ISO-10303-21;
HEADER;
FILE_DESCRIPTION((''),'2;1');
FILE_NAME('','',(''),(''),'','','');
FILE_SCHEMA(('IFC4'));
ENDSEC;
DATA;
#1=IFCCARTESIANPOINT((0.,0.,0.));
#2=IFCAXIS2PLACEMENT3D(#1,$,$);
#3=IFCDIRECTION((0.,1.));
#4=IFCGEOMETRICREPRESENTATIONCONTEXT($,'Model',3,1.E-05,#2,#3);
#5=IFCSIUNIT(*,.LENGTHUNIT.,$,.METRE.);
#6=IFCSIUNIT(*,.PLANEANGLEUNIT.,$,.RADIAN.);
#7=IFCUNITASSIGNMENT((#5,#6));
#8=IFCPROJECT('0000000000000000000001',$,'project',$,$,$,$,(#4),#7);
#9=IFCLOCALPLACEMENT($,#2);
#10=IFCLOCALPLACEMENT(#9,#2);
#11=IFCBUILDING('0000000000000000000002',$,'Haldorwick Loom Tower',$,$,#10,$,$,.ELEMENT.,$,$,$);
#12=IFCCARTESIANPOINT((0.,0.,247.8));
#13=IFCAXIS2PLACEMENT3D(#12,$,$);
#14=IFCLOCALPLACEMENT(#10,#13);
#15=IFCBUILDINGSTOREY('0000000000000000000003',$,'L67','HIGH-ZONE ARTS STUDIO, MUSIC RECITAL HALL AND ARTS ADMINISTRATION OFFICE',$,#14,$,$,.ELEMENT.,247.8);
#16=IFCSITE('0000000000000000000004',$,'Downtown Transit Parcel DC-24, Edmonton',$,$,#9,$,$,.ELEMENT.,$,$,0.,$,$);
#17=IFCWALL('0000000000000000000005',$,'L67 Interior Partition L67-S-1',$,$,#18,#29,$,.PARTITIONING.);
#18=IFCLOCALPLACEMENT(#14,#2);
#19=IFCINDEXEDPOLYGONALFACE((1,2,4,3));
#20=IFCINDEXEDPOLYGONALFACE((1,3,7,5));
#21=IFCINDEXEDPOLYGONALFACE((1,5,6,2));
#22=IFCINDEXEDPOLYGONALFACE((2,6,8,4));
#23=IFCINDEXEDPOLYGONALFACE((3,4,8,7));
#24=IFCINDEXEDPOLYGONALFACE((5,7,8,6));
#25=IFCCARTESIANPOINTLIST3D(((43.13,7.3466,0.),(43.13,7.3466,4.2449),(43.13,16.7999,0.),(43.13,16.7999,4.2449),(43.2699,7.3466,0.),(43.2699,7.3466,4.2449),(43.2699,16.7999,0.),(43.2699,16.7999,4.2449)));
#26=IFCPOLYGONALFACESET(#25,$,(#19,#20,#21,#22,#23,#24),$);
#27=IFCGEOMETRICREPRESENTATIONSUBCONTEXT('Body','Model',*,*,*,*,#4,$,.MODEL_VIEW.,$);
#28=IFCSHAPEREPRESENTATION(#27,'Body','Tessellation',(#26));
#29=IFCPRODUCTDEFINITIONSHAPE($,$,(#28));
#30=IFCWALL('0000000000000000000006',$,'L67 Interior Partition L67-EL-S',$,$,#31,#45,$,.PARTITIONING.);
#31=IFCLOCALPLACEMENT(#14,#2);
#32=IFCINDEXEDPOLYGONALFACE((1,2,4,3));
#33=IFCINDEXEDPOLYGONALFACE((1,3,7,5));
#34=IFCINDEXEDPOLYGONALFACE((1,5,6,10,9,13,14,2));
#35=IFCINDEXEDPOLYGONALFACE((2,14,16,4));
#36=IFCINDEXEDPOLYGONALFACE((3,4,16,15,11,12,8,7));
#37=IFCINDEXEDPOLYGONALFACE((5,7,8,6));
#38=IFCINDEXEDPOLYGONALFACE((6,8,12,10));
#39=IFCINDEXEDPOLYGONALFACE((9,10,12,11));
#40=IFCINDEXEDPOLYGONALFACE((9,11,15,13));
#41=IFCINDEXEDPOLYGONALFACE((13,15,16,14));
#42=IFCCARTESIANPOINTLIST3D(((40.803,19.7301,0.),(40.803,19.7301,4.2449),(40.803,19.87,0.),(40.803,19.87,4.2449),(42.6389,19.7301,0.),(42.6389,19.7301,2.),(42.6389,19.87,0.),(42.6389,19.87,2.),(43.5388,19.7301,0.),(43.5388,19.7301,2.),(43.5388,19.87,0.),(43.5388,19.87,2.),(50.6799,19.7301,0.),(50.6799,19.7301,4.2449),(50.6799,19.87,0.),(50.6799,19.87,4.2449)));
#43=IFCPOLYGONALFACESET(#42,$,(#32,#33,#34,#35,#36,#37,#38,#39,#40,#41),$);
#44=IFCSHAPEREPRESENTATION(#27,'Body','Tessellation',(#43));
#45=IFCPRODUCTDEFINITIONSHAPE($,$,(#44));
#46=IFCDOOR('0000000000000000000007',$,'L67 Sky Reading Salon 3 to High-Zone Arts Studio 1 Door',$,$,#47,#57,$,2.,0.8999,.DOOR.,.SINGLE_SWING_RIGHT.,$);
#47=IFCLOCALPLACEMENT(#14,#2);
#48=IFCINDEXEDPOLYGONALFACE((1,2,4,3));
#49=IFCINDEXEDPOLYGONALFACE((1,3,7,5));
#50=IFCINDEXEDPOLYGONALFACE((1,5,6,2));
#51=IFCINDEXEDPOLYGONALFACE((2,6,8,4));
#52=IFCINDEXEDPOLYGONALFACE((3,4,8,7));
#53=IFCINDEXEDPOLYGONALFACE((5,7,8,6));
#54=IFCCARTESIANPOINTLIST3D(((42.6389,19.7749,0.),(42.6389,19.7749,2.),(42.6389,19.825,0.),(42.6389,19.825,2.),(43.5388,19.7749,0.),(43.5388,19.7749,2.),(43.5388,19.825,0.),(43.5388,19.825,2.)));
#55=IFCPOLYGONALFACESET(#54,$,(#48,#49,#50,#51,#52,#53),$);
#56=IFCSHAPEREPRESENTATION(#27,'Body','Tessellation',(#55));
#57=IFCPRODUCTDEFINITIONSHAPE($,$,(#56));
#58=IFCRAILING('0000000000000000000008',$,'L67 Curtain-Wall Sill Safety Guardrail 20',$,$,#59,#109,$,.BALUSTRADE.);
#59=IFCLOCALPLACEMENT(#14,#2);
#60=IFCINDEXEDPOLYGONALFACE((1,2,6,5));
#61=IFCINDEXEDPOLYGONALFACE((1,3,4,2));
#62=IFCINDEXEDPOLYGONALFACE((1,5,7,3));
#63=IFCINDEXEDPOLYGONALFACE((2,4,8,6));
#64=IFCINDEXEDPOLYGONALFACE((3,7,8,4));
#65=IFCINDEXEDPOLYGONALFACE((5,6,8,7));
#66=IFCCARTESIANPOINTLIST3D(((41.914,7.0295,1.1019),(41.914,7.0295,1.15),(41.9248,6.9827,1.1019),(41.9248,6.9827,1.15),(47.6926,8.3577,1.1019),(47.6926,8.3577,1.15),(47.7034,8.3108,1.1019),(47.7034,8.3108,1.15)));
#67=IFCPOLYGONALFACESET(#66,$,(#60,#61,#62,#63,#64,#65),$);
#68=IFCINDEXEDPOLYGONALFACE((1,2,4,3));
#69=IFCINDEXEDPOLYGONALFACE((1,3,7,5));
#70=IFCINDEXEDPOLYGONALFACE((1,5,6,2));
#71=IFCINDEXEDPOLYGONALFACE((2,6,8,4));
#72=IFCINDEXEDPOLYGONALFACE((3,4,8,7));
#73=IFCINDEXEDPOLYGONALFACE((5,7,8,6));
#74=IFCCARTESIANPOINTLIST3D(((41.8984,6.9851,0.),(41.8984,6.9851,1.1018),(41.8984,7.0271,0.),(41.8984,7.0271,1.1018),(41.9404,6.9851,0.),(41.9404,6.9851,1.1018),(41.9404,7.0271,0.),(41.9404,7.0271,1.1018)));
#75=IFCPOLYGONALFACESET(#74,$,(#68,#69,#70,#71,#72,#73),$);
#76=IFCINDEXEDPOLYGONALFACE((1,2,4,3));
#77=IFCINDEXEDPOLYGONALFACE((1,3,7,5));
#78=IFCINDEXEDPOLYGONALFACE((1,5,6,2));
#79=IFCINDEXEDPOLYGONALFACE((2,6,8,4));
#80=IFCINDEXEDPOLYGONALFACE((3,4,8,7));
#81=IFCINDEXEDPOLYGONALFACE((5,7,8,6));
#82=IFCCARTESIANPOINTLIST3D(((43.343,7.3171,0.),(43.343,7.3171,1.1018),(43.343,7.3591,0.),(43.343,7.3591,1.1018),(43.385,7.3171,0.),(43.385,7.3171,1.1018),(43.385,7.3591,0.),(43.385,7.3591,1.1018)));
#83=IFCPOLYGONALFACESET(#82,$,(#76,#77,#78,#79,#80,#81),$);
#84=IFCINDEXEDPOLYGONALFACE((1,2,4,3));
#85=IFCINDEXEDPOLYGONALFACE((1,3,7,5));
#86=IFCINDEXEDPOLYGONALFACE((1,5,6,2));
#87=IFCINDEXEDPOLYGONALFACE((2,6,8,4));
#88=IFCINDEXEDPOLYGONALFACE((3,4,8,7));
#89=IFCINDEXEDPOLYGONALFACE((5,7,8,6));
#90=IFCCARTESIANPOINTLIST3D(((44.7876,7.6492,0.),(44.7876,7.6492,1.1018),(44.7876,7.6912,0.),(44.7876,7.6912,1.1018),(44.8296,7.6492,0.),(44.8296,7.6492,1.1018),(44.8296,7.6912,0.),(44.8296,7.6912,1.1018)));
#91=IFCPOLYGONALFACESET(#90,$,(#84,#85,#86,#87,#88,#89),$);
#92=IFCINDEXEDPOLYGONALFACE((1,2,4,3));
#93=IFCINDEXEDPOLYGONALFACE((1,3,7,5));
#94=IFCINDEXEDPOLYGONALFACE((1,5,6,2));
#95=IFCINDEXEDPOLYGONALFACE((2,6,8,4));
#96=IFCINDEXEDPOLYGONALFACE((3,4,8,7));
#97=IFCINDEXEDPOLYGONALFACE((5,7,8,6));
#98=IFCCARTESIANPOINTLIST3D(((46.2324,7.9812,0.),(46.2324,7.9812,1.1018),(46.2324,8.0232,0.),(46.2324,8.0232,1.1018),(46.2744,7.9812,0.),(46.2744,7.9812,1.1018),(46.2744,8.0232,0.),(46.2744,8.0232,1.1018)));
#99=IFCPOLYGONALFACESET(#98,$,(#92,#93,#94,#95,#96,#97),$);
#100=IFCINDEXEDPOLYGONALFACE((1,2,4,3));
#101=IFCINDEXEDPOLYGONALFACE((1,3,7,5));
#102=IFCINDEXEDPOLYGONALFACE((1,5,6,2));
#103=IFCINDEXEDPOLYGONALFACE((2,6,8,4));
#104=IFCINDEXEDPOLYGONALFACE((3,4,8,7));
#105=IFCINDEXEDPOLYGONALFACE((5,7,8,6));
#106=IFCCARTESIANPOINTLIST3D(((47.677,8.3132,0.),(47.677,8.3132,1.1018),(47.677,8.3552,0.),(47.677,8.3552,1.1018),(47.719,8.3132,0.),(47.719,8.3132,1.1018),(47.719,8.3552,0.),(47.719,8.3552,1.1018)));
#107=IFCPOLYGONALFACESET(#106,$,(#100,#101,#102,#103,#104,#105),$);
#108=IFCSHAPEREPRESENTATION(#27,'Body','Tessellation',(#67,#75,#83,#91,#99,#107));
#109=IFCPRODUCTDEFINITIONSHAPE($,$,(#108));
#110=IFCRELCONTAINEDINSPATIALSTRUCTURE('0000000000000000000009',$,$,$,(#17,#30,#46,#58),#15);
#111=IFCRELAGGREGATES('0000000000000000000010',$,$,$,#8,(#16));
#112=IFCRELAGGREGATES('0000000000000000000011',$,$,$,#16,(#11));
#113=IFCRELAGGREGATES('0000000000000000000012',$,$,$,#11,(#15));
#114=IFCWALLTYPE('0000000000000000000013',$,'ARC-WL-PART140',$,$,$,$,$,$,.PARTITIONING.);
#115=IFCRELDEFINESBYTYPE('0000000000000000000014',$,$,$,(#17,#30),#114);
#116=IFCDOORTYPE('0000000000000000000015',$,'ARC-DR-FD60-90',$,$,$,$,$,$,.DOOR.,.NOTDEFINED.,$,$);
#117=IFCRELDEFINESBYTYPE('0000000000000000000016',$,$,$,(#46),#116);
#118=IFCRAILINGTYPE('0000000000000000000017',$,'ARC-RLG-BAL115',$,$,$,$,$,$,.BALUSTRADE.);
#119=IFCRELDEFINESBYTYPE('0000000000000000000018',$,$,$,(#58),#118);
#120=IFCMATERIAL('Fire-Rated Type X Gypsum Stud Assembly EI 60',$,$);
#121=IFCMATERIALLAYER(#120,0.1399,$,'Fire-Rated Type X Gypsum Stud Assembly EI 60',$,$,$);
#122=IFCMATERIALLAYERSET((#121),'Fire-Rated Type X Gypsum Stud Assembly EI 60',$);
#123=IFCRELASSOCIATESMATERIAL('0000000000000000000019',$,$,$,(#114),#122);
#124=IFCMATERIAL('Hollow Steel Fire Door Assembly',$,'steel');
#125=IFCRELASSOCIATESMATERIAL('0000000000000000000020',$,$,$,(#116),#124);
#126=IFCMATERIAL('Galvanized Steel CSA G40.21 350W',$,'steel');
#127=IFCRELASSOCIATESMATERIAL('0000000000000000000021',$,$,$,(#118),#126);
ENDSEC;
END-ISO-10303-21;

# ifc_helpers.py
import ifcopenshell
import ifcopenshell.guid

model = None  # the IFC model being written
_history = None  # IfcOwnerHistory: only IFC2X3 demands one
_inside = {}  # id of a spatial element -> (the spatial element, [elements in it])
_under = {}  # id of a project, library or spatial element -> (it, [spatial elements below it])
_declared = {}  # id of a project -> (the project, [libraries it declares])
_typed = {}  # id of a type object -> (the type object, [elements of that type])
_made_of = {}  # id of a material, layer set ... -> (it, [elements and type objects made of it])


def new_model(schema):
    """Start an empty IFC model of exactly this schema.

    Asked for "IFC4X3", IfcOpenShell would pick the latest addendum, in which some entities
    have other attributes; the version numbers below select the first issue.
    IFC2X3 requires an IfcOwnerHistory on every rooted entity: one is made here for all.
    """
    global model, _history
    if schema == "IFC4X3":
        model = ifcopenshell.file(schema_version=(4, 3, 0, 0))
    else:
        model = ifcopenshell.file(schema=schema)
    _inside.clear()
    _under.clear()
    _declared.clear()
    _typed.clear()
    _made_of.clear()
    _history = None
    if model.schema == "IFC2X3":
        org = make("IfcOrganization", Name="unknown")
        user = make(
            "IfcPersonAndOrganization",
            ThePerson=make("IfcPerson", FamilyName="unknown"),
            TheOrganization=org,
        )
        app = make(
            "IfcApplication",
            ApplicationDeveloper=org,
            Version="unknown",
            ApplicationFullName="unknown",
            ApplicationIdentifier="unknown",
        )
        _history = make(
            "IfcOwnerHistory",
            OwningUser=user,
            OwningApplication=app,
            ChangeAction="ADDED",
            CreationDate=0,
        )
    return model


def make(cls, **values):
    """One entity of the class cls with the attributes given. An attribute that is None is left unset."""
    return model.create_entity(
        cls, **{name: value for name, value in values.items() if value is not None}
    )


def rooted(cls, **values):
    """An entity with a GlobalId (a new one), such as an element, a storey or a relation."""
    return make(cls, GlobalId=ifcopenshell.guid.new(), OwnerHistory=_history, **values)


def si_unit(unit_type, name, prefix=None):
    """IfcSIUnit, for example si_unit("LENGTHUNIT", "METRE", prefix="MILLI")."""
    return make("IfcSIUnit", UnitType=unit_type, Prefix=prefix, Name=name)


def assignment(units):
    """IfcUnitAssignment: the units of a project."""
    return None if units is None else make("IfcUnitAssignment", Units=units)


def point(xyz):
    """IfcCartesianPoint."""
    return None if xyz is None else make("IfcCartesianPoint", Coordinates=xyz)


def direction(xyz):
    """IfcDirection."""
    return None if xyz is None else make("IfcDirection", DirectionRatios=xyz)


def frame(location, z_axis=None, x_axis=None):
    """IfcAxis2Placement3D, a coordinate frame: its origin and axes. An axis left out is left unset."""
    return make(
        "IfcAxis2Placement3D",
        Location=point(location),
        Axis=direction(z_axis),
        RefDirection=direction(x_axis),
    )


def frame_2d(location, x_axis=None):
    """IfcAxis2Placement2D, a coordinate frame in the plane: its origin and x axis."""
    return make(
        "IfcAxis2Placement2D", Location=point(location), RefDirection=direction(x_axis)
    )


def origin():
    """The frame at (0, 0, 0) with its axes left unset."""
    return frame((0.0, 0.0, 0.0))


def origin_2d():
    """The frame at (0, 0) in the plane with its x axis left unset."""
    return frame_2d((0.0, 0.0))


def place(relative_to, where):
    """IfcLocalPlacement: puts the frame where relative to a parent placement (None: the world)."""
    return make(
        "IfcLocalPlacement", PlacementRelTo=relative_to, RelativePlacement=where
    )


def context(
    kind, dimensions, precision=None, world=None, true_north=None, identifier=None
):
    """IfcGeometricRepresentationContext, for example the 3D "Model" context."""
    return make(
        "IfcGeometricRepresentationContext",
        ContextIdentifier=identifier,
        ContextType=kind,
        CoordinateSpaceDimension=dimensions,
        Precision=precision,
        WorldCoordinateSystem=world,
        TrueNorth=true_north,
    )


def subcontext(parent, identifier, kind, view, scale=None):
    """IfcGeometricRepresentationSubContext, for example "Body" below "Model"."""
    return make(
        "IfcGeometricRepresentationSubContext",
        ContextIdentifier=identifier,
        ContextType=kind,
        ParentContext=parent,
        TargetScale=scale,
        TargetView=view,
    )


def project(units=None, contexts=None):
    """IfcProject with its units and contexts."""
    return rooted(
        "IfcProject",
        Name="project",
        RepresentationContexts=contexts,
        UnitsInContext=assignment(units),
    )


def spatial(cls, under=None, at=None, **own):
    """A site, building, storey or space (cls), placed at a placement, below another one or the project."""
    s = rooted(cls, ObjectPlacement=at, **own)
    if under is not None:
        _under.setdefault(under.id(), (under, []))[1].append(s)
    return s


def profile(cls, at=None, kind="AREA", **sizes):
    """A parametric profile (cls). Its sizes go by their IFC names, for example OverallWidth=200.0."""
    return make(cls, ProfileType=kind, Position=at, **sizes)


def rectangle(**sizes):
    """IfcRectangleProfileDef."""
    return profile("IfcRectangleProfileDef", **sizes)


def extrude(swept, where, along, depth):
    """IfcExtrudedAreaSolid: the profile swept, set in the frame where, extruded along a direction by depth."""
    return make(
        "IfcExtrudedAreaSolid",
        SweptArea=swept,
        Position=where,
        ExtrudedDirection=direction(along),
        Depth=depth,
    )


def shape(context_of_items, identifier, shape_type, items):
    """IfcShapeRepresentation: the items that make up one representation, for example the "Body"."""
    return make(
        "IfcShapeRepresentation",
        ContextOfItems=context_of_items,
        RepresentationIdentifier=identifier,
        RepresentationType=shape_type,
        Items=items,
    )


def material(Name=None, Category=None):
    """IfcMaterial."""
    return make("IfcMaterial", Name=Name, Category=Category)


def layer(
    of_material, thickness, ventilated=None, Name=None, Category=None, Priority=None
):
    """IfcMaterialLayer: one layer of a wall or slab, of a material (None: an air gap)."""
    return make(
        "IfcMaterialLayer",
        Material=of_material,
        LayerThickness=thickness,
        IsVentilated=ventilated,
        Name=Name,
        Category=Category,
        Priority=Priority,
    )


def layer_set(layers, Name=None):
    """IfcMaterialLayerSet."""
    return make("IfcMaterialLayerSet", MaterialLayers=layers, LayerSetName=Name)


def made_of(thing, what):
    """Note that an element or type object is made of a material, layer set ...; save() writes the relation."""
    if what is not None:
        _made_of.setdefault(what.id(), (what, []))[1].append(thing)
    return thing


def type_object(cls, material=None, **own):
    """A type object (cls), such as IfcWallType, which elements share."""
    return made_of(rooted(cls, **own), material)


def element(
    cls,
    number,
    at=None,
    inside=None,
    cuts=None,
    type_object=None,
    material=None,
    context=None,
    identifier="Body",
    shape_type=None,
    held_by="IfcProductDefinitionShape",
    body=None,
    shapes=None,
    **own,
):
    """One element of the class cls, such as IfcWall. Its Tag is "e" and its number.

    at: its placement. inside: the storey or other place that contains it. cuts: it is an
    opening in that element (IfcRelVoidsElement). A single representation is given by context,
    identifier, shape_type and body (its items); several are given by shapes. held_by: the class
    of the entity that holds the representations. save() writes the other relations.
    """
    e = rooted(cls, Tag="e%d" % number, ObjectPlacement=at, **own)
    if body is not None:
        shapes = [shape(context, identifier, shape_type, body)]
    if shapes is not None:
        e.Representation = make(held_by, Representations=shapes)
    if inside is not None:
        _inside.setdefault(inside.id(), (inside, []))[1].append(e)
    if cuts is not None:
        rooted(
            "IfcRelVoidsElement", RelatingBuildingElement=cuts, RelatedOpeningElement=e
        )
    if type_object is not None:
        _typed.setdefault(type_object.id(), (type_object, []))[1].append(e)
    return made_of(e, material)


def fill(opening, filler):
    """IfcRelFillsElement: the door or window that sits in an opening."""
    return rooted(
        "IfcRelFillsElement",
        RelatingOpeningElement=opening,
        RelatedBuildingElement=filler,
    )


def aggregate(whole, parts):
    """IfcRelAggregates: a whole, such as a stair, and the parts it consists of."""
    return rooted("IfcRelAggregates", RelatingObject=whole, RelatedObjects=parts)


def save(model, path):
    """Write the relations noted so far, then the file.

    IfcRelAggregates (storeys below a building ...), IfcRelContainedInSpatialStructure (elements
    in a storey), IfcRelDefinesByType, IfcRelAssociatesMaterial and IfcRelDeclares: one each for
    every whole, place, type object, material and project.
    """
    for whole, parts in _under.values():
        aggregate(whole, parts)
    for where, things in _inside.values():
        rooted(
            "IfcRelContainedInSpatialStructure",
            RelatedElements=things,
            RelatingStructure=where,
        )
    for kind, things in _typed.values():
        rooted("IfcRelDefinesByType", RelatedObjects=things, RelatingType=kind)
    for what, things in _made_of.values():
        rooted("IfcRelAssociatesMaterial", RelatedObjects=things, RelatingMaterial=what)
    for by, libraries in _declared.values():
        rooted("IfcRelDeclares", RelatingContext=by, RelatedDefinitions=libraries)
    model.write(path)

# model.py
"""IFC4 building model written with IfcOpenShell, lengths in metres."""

from ifc_helpers import new_model, si_unit, direction, frame, frame_2d, origin, origin_2d, place, context, subcontext, project, spatial, rectangle, extrude, material, layer, layer_set, type_object, element, fill, save


model = new_model("IFC4")

# Units and contexts
model_context = context("Model", 3, precision=1e-05, world=origin(), true_north=direction((0.0, 1.0)))
body_context = subcontext(model_context, "Body", "Model", "MODEL_VIEW")
ifc_project = project(units=[si_unit("LENGTHUNIT", "METRE"), si_unit("PLANEANGLEUNIT", "RADIAN")], contexts=[model_context])

# Site, building, storey
site_placement = place(None, origin())
site = spatial("IfcSite", under=ifc_project, at=site_placement, Name="Downtown Transit Parcel DC-24, Edmonton", CompositionType="ELEMENT", RefElevation=0.0)
building_placement = place(site_placement, origin())
building = spatial("IfcBuilding", under=site, at=building_placement, Name="Haldorwick Loom Tower", CompositionType="ELEMENT")
storey_placement = place(building_placement, frame((0.0, 0.0, 247.8)))
storey = spatial("IfcBuildingStorey", under=building, at=storey_placement, Name="L67", Description="HIGH-ZONE ARTS STUDIO, MUSIC RECITAL HALL AND ARTS ADMINISTRATION OFFICE", CompositionType="ELEMENT", Elevation=247.8)

# Wall
ifc_material_1 = material(Name="Fire-Rated Type X Gypsum Stud Assembly EI 60")
ifc_layer_1 = layer(ifc_material_1, 0.1399, Name="Fire-Rated Type X Gypsum Stud Assembly EI 60")
ifc_layer_set_1 = layer_set([ifc_layer_1], Name="Fire-Rated Type X Gypsum Stud Assembly EI 60")
wall_type = type_object("IfcWallType", Name="ARC-WL-PART140", PredefinedType="PARTITIONING", material=ifc_layer_set_1)
wall_1_placement = place(storey_placement, frame((43.2, 7.3467, 0.0), z_axis=(0.0, 0.0, 1.0), x_axis=(0.0, 1.0, 0.0)))
element("IfcWall", 1, at=wall_1_placement, inside=storey, type_object=wall_type, Name="L67 Interior Partition L67-S-1", PredefinedType="PARTITIONING", context=body_context, shape_type="SweptSolid", body=[
    extrude(rectangle(XDim=9.4534, YDim=0.1399, at=frame_2d((4.7266, 0.0))), origin(), (0.0, 0.0, 1.0), 4.2449),
])

# Wall, opening, door
wall_2_placement = place(storey_placement, frame((40.803, 19.8, 0.0), z_axis=(0.0, 0.0, 1.0), x_axis=(1.0, 0.0, 0.0)))
wall_2 = element("IfcWall", 2, at=wall_2_placement, inside=storey, type_object=wall_type, Name="L67 Interior Partition L67-EL-S", PredefinedType="PARTITIONING", context=body_context, shape_type="SweptSolid", body=[
    extrude(rectangle(XDim=9.877, YDim=0.1399, at=frame_2d((4.9385, 0.0))), origin(), (0.0, 0.0, 1.0), 4.2449),
])
opening_placement = place(wall_2_placement, frame((1.8359, 0.0, 0.0)))
opening = element("IfcOpeningElement", 3, at=opening_placement, cuts=wall_2, PredefinedType="OPENING", context=body_context, shape_type="SweptSolid", body=[
    extrude(rectangle(XDim=0.8999, YDim=2.0, at=frame_2d((0.45, 1.0))), frame((0.0, 0.0798, 0.0), z_axis=(0.0, -1.0, 0.0), x_axis=(1.0, 0.0, 0.0)), (0.0, 0.0, 1.0), 0.1599),
])
ifc_material_2 = material(Name="Hollow Steel Fire Door Assembly", Category="steel")
door_type = type_object("IfcDoorType", Name="ARC-DR-FD60-90", OperationType="NOTDEFINED", PredefinedType="DOOR", material=ifc_material_2)
door_placement = place(opening_placement, origin())
door = element("IfcDoor", 4, at=door_placement, inside=storey, type_object=door_type, Name="L67 Sky Reading Salon 3 to High-Zone Arts Studio 1 Door", OperationType="SINGLE_SWING_RIGHT", OverallHeight=2.0, OverallWidth=0.8999, PredefinedType="DOOR", context=body_context, shape_type="SweptSolid", body=[
    extrude(rectangle(XDim=0.8999, YDim=2.0, at=frame_2d((0.45, 1.0))), frame((0.0, 0.0249, 0.0), z_axis=(0.0, -1.0, 0.0), x_axis=(1.0, 0.0, 0.0)), (0.0, 0.0, 1.0), 0.05),
])
fill(opening, door)

# Railing
ifc_material_3 = material(Name="Galvanized Steel CSA G40.21 350W", Category="steel")
railing_type = type_object("IfcRailingType", Name="ARC-RLG-BAL115", PredefinedType="BALUSTRADE", material=ifc_material_3)
railing_placement = place(storey_placement, frame((41.9194, 7.0061, 0.0)))
element("IfcRailing", 5, at=railing_placement, inside=storey, type_object=railing_type, Name="L67 Curtain-Wall Sill Safety Guardrail 20", PredefinedType="BALUSTRADE", context=body_context, shape_type="SweptSolid", body=[
    extrude(rectangle(XDim=0.0481, YDim=0.0481, at=origin_2d()), frame((0.0, 0.0, 1.126), z_axis=(0.97459, 0.223996, 0.0), x_axis=(-0.223996, 0.97459, 0.0)), (0.0, 0.0, 1.0), 5.9292),
    extrude(rectangle(XDim=0.042, YDim=0.042, at=origin_2d()), origin(), (0.0, 0.0, 1.0), 1.1018),
    extrude(rectangle(XDim=0.042, YDim=0.042, at=origin_2d()), frame((1.4446, 0.332, 0.0)), (0.0, 0.0, 1.0), 1.1018),
    extrude(rectangle(XDim=0.042, YDim=0.042, at=origin_2d()), frame((2.8892, 0.6641, 0.0)), (0.0, 0.0, 1.0), 1.1018),
    extrude(rectangle(XDim=0.042, YDim=0.042, at=origin_2d()), frame((4.334, 0.9961, 0.0)), (0.0, 0.0, 1.0), 1.1018),
    extrude(rectangle(XDim=0.042, YDim=0.042, at=origin_2d()), frame((5.7786, 1.3281, 0.0)), (0.0, 0.0, 1.0), 1.1018),
])

save(model, "model.ifc")
